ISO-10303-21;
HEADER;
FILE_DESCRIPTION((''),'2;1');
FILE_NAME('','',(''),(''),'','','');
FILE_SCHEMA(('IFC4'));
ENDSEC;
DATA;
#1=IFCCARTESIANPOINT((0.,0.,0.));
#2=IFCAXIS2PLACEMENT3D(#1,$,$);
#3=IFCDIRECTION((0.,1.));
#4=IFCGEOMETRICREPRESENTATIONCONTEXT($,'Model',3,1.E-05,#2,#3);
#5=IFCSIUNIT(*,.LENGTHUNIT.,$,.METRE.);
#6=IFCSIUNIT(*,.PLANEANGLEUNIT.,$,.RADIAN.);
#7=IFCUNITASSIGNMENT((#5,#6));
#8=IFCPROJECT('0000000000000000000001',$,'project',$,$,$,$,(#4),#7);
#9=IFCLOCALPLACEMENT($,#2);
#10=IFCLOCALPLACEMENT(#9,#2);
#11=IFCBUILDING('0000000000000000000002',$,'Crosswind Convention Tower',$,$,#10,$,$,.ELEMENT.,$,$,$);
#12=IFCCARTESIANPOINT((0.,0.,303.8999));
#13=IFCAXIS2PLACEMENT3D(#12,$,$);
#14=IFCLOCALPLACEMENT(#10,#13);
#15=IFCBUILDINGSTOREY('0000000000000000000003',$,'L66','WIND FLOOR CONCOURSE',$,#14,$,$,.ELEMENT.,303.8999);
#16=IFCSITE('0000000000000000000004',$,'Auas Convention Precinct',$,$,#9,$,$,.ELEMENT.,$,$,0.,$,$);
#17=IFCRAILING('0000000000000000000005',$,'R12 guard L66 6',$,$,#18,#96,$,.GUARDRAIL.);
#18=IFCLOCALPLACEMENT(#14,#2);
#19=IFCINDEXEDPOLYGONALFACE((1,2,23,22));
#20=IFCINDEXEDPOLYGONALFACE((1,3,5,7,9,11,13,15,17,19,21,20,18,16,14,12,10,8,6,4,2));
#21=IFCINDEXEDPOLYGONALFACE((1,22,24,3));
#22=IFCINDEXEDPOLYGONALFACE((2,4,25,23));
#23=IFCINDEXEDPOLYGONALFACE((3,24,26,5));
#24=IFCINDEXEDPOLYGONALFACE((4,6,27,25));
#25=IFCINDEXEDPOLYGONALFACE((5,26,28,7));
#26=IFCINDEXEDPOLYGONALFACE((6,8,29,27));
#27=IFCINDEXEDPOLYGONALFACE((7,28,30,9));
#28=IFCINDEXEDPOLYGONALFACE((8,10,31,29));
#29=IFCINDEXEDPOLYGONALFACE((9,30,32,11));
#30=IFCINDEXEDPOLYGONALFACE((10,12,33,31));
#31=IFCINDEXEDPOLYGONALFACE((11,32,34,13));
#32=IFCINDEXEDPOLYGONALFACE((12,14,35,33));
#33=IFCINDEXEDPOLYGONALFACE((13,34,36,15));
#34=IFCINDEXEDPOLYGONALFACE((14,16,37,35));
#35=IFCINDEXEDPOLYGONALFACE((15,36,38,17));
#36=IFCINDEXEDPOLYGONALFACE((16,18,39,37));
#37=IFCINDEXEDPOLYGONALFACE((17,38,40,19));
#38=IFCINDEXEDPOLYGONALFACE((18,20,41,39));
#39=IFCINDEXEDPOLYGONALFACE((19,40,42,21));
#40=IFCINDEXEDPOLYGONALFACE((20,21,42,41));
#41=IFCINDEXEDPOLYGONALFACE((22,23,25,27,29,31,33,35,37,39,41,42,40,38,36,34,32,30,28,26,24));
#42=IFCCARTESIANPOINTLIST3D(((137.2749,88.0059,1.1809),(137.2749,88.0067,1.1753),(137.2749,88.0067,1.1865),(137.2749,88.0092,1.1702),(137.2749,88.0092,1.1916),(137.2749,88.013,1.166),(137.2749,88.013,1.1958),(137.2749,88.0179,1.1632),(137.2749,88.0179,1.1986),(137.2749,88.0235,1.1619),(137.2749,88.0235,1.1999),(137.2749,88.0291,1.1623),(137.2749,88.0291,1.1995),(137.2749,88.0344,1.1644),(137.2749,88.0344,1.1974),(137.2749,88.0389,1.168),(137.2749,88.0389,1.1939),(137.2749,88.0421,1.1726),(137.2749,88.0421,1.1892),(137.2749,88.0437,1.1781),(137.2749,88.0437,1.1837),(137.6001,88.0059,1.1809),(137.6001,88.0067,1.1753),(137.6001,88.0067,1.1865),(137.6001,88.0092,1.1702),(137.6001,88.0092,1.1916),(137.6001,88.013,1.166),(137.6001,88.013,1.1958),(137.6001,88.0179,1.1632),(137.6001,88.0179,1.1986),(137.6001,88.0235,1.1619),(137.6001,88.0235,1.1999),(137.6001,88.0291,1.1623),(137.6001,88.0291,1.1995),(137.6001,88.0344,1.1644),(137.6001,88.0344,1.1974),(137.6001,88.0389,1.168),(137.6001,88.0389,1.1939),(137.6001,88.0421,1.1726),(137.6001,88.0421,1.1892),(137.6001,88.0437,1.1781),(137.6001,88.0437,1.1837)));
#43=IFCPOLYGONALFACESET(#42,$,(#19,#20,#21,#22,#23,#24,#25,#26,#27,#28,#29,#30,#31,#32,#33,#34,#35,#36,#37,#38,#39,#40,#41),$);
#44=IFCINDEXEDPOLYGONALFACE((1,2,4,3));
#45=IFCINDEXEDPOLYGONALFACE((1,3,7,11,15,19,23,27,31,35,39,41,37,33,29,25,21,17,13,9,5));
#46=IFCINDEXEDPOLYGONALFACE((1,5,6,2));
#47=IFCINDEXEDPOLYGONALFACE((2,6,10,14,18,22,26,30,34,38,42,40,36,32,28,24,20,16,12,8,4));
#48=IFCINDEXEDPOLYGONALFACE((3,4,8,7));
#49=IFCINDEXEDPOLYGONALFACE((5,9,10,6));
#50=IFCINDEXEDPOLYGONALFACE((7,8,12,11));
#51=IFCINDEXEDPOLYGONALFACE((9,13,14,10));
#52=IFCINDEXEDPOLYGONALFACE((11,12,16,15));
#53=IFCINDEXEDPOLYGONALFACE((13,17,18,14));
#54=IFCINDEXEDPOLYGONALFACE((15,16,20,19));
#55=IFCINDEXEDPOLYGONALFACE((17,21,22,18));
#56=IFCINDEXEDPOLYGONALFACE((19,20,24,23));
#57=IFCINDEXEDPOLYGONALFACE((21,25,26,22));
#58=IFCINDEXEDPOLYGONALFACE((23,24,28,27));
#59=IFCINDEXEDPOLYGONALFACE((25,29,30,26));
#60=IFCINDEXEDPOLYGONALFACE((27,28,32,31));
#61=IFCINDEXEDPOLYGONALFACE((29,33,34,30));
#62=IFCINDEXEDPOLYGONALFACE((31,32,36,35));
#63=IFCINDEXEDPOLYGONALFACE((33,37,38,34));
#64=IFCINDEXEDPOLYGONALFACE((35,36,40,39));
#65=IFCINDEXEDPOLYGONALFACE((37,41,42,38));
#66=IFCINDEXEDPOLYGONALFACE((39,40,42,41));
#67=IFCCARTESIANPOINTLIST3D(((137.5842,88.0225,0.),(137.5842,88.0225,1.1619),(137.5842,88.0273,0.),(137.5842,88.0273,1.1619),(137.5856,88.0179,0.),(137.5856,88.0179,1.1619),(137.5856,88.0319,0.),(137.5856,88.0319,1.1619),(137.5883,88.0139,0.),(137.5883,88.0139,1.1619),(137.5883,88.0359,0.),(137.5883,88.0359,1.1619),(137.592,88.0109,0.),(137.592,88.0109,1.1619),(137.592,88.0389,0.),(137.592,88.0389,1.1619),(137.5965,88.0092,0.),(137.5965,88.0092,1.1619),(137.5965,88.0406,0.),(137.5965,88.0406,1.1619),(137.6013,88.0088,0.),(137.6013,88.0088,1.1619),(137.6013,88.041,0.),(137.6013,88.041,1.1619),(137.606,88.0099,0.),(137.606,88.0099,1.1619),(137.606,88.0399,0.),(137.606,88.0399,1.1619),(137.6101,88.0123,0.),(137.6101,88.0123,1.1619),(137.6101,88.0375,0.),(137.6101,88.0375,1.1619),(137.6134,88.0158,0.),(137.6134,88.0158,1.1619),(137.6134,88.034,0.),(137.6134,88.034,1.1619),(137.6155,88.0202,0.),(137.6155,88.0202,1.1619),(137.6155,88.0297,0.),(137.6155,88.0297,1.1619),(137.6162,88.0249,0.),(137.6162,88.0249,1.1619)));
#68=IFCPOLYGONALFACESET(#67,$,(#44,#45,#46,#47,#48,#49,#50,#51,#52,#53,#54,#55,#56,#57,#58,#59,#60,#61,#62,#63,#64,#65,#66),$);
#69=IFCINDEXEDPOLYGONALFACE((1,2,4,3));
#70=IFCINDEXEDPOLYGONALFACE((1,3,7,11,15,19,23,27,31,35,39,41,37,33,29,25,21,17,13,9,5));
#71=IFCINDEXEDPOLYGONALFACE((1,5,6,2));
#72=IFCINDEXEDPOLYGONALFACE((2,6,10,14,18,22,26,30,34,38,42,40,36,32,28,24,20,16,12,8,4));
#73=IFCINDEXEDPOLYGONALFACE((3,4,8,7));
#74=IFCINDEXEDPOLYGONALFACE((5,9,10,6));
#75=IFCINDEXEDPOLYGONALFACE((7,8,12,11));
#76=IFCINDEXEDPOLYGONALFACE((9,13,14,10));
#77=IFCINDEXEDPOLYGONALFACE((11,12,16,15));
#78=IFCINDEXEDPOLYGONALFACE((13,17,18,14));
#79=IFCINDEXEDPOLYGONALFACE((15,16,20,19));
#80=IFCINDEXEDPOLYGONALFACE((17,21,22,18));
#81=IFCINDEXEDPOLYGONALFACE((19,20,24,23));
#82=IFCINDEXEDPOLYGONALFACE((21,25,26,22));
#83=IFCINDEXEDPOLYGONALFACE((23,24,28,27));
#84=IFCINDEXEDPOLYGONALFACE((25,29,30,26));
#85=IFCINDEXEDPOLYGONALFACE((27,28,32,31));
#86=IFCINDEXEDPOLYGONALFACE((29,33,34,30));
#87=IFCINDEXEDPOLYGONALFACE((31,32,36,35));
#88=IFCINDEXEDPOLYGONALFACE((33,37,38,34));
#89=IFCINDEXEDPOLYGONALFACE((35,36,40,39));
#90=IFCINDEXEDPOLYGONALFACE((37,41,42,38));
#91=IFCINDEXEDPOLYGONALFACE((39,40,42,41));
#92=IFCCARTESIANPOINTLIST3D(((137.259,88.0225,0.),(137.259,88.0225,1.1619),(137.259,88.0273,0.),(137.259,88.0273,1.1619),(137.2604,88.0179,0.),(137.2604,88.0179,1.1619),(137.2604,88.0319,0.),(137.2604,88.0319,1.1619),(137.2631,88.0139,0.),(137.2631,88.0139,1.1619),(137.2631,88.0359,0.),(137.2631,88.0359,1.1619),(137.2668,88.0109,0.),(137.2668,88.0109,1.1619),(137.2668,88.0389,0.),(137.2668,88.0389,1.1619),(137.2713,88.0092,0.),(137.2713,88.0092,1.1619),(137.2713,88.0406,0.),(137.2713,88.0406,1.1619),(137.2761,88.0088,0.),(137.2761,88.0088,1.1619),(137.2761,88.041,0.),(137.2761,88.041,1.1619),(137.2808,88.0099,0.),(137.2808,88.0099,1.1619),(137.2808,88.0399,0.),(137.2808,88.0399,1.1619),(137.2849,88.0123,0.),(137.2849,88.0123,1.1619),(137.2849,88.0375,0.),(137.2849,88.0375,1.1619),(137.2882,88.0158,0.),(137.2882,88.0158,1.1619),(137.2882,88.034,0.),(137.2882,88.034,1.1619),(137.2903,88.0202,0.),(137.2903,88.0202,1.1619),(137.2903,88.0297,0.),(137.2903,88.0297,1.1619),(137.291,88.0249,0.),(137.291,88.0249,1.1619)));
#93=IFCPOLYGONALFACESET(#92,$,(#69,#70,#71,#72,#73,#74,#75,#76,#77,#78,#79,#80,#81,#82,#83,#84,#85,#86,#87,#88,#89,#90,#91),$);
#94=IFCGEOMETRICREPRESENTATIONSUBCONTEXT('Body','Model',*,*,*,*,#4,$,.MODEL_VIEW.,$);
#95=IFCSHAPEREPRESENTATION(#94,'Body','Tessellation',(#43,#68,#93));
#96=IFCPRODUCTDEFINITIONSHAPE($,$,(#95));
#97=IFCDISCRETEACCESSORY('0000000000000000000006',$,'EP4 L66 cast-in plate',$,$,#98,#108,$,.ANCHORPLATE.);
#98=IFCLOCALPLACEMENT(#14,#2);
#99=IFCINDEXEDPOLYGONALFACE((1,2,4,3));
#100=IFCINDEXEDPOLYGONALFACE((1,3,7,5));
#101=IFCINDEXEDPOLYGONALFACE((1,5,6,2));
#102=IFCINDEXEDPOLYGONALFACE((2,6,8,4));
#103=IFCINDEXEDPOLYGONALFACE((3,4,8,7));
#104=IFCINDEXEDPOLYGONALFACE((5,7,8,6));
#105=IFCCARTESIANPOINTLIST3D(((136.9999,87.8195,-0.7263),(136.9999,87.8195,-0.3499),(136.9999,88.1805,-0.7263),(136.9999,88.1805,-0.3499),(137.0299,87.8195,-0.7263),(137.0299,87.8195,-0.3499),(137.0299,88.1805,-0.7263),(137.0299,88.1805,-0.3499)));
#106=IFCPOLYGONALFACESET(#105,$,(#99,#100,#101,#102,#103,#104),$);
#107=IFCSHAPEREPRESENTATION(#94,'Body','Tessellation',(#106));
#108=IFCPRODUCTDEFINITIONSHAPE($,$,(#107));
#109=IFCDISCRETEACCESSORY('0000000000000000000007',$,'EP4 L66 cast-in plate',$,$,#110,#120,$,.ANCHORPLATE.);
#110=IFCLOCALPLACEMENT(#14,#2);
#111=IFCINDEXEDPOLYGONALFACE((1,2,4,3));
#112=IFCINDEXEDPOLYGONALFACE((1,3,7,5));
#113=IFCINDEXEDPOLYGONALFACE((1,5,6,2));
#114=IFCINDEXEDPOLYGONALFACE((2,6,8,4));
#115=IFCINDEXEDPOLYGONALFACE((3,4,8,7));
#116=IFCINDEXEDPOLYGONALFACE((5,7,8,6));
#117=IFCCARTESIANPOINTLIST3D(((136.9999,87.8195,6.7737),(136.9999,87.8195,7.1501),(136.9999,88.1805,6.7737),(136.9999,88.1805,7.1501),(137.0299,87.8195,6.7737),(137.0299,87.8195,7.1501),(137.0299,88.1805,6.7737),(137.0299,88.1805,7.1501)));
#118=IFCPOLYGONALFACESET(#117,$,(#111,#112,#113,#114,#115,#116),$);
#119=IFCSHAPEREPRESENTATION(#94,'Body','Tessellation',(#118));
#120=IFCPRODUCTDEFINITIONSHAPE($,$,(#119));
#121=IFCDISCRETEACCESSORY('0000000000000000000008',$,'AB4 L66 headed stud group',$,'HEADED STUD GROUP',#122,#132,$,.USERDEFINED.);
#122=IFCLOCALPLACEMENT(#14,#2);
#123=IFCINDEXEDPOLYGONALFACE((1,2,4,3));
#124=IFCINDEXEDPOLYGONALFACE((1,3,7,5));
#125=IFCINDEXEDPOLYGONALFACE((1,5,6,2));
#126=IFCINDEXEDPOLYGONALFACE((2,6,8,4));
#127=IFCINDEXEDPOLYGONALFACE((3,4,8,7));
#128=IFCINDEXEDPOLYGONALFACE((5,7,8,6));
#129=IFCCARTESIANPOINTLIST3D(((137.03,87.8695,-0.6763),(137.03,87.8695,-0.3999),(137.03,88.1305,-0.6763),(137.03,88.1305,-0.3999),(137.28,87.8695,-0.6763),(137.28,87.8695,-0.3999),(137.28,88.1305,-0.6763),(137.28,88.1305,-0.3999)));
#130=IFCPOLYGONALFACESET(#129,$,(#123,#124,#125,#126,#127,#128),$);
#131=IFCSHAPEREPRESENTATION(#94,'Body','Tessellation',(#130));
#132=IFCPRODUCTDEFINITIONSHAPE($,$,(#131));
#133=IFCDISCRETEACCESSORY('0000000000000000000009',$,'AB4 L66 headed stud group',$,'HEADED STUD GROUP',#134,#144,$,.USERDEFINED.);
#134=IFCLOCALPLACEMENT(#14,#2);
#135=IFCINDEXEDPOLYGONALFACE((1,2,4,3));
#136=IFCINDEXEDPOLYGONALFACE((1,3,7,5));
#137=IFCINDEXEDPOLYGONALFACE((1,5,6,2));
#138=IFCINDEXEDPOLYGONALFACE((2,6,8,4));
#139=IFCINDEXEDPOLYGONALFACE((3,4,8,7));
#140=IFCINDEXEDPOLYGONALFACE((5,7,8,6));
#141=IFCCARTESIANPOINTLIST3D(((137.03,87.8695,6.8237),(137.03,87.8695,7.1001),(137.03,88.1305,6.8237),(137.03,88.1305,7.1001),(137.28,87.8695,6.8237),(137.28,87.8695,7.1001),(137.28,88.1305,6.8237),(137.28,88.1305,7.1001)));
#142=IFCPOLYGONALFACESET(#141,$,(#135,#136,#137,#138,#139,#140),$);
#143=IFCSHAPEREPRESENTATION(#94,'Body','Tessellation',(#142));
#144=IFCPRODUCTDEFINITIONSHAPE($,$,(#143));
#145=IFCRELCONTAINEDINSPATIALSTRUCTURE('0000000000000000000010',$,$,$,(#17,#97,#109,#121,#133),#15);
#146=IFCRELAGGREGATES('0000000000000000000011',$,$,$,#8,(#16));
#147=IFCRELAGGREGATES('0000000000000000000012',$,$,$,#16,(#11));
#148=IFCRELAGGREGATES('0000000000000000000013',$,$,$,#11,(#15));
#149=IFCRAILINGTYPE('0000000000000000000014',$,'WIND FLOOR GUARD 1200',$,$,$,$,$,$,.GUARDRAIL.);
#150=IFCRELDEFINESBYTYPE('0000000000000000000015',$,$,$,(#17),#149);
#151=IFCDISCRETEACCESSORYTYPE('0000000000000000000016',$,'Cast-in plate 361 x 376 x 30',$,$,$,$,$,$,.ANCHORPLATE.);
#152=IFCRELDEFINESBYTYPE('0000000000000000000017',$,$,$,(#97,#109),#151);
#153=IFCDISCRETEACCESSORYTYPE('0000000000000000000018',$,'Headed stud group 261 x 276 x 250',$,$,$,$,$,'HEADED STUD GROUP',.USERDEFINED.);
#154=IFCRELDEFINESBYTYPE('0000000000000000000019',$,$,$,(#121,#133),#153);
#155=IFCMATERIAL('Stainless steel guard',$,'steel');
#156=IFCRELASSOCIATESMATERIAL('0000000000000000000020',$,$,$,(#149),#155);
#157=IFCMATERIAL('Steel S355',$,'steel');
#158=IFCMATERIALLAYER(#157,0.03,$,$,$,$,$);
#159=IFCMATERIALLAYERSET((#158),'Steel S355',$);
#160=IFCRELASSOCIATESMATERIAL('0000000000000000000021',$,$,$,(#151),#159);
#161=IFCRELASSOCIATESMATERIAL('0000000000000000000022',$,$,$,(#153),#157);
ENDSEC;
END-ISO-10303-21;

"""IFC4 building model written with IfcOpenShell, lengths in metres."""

from ifc_helpers import new_model, si_unit, direction, frame, origin, origin_2d, place, context, subcontext, project, spatial, rectangle, circle, extrude, material, layer, layer_set, type_object, element, save


model = new_model("IFC4")

# Units and contexts
model_context = context("Model", 3, precision=1e-05, world=origin(), true_north=direction((0.0, 1.0)))
body_context = subcontext(model_context, "Body", "Model", "MODEL_VIEW")
ifc_project = project(units=[si_unit("LENGTHUNIT", "METRE"), si_unit("PLANEANGLEUNIT", "RADIAN")], contexts=[model_context])

# Site, building, storey
site_placement = place(None, origin())
site = spatial("IfcSite", under=ifc_project, at=site_placement, Name="Auas Convention Precinct", CompositionType="ELEMENT", RefElevation=0.0)
building_placement = place(site_placement, origin())
building = spatial("IfcBuilding", under=site, at=building_placement, Name="Crosswind Convention Tower", CompositionType="ELEMENT")
storey_placement = place(building_placement, frame((0.0, 0.0, 303.8999)))
storey = spatial("IfcBuildingStorey", under=building, at=storey_placement, Name="L66", Description="WIND FLOOR CONCOURSE", CompositionType="ELEMENT", Elevation=303.8999)

# Railing
ifc_material_1 = material(Name="Stainless steel guard", Category="steel")
railing_type_1 = type_object("IfcRailingType", Name="WIND FLOOR GUARD 1200", PredefinedType="GUARDRAIL", material=ifc_material_1)
railing_1_placement = place(storey_placement, frame((137.6001, 88.0249, 0.0)))
element("IfcRailing", 1, at=railing_1_placement, inside=storey, type_object=railing_type_1, Name="R12 guard L66 6", PredefinedType="GUARDRAIL", context=body_context, shape_type="SweptSolid", body=[
    extrude(circle(Radius=0.019, at=origin_2d()), frame((0.0, 0.0, 1.1809), z_axis=(-1.0, 0.0, 0.0), x_axis=(0.0, -1.0, 0.0)), (0.0, 0.0, 1.0), 0.3252),
    extrude(circle(Radius=0.0161, at=origin_2d()), origin(), (0.0, 0.0, 1.0), 1.1619),
    extrude(circle(Radius=0.0161, at=origin_2d()), frame((-0.3252, 0.0, 0.0)), (0.0, 0.0, 1.0), 1.1619),
])

# Discrete accessories
ifc_material_2 = material(Name="Steel S355", Category="steel")
ifc_layer_1 = layer(ifc_material_2, 0.03)
ifc_layer_set_1 = layer_set([ifc_layer_1], Name="Steel S355")
discrete_accessory_type_1 = type_object("IfcDiscreteAccessoryType", Name="Cast-in plate 361 x 376 x 30", PredefinedType="ANCHORPLATE", material=ifc_layer_set_1)
for number, where, z_axis, x_axis, name in (
    (2, (137.0149, 88.0, -0.7263), (0.0, 0.0, 1.0), (1.0, 0.0, 0.0), "EP4 L66 cast-in plate"),
    (3, (137.0149, 88.0, 6.7737), (0.0, 0.0, 1.0), (1.0, 0.0, 0.0), "EP4 L66 cast-in plate"),
):
    element("IfcDiscreteAccessory", number, at=place(storey_placement, frame(where, z_axis=z_axis, x_axis=x_axis)), inside=storey, type_object=discrete_accessory_type_1, Name=name, PredefinedType="ANCHORPLATE", context=body_context, shape_type="SweptSolid", body=[
        extrude(rectangle(XDim=0.03, YDim=0.3611, at=origin_2d()), origin(), (0.0, 0.0, 1.0), 0.3765),
    ])
discrete_accessory_type_2 = type_object("IfcDiscreteAccessoryType", Name="Headed stud group 261 x 276 x 250", ElementType="HEADED STUD GROUP", PredefinedType="USERDEFINED", material=ifc_material_2)
for number, where, z_axis, x_axis, name in (
    (4, (137.155, 88.0, -0.6763), (0.0, 0.0, 1.0), (1.0, 0.0, 0.0), "AB4 L66 headed stud group"),
    (5, (137.155, 88.0, 6.8237), (0.0, 0.0, 1.0), (1.0, 0.0, 0.0), "AB4 L66 headed stud group"),
):
    element("IfcDiscreteAccessory", number, at=place(storey_placement, frame(where, z_axis=z_axis, x_axis=x_axis)), inside=storey, type_object=discrete_accessory_type_2, Name=name, ObjectType="HEADED STUD GROUP", PredefinedType="USERDEFINED", context=body_context, shape_type="SweptSolid", body=[
        extrude(rectangle(XDim=0.25, YDim=0.261, at=origin_2d()), origin(), (0.0, 0.0, 1.0), 0.2764),
    ])

save(model, "model.ifc")
